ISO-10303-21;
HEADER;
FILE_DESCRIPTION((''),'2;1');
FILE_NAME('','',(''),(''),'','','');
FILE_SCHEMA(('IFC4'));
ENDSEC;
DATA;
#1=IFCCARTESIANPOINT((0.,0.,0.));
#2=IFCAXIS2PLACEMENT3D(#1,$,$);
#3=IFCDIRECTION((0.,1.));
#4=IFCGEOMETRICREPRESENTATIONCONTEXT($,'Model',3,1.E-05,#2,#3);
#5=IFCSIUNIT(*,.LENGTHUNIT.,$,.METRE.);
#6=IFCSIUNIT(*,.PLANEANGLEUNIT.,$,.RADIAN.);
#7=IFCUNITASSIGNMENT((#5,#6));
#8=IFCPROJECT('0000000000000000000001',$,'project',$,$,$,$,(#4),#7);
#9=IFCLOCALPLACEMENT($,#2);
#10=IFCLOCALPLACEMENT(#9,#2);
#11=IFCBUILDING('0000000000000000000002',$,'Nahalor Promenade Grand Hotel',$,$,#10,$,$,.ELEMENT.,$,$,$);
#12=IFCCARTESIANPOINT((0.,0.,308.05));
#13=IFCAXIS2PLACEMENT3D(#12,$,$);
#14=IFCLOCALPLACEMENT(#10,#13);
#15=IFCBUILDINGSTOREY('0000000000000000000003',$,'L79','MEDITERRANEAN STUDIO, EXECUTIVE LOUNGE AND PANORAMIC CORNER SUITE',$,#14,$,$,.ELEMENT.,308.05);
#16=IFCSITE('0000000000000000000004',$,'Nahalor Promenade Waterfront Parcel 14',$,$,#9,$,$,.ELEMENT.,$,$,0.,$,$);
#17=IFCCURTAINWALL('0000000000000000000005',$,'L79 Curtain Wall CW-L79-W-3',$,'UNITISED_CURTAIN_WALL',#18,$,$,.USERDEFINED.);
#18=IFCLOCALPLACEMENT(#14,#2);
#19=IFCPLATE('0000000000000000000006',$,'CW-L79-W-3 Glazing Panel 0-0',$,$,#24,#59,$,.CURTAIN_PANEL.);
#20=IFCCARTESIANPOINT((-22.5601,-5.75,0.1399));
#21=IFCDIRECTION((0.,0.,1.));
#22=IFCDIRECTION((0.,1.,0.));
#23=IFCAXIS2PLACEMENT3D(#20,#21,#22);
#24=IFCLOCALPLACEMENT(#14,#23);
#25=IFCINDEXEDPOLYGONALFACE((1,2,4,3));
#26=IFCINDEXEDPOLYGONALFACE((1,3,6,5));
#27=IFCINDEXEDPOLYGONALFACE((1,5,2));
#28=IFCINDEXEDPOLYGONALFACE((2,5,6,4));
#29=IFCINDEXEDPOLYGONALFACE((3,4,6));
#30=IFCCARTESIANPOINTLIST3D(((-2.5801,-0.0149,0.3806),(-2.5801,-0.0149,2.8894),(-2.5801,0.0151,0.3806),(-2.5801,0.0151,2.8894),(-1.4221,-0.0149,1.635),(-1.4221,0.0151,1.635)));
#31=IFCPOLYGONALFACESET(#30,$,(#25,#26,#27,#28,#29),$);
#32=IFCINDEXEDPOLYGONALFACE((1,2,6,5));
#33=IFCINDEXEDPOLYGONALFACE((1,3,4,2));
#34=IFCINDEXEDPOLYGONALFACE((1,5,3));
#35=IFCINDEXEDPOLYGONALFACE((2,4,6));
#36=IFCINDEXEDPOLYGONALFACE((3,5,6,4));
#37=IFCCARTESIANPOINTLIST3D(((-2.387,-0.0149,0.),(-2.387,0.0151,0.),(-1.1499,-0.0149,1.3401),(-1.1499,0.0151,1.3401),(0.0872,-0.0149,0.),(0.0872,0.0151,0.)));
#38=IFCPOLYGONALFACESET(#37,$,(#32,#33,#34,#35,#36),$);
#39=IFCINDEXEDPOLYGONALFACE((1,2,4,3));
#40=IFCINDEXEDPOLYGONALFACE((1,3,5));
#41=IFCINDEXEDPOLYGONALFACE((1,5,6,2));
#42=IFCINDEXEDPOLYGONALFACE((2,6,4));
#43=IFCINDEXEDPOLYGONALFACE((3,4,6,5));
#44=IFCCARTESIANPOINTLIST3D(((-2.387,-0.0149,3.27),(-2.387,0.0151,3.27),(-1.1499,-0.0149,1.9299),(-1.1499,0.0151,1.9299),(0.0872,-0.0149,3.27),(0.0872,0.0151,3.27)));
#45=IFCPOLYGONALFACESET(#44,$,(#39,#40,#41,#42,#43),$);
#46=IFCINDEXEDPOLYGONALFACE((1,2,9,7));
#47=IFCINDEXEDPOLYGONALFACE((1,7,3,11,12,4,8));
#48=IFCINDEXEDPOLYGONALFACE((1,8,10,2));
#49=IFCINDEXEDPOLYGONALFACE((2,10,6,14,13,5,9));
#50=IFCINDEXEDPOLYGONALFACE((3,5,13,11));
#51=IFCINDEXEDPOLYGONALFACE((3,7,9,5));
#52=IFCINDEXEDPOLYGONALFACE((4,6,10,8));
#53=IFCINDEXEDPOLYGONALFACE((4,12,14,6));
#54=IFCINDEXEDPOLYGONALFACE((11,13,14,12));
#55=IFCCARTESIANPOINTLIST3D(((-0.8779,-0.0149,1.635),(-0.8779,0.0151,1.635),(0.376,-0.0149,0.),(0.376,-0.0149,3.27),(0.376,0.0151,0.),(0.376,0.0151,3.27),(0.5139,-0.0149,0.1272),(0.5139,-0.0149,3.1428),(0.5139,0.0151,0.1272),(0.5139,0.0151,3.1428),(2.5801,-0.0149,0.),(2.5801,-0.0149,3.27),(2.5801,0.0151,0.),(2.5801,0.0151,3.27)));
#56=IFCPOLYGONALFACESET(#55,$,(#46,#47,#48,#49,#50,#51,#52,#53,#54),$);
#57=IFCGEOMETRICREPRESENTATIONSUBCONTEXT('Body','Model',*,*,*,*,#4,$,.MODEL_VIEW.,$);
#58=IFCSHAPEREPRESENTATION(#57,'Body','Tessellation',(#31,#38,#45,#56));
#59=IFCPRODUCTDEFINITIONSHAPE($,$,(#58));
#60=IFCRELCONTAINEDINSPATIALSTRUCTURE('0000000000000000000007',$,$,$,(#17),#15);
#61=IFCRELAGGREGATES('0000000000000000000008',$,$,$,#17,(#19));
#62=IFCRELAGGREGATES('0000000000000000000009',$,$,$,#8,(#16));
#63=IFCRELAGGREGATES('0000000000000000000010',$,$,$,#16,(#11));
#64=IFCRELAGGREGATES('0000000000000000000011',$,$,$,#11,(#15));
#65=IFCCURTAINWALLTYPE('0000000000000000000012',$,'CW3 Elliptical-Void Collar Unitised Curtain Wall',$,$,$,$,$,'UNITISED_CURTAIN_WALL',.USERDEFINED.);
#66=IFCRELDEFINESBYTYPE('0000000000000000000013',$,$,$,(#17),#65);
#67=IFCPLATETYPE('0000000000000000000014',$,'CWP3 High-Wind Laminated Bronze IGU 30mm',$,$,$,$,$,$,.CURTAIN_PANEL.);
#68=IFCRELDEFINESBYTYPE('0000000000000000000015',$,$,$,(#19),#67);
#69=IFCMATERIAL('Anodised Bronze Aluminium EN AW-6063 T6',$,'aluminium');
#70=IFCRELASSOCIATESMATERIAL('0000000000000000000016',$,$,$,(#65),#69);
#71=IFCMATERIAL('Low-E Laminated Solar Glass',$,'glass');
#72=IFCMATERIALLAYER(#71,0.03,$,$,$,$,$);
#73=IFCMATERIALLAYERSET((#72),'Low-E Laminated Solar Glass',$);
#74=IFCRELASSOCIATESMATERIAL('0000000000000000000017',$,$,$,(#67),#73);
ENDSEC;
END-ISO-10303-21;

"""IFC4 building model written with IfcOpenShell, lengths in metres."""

from ifc_helpers import new_model, si_unit, direction, frame, origin, place, context, subcontext, project, spatial, polyline, outline, extrude, material, layer, layer_set, type_object, element, aggregate, save


model = new_model("IFC4")

# Units and contexts
model_context = context("Model", 3, precision=1e-05, world=origin(), true_north=direction((0.0, 1.0)))
body_context = subcontext(model_context, "Body", "Model", "MODEL_VIEW")
ifc_project = project(units=[si_unit("LENGTHUNIT", "METRE"), si_unit("PLANEANGLEUNIT", "RADIAN")], contexts=[model_context])

# Site, building, storey
site_placement = place(None, origin())
site = spatial("IfcSite", under=ifc_project, at=site_placement, Name="Nahalor Promenade Waterfront Parcel 14", CompositionType="ELEMENT", RefElevation=0.0)
building_placement = place(site_placement, origin())
building = spatial("IfcBuilding", under=site, at=building_placement, Name="Nahalor Promenade Grand Hotel", CompositionType="ELEMENT")
storey_placement = place(building_placement, frame((0.0, 0.0, 308.05)))
storey = spatial("IfcBuildingStorey", under=building, at=storey_placement, Name="L79", Description="MEDITERRANEAN STUDIO, EXECUTIVE LOUNGE AND PANORAMIC CORNER SUITE", CompositionType="ELEMENT", Elevation=308.05)

# Curtain wall
ifc_material_1 = material(Name="Anodised Bronze Aluminium EN AW-6063 T6", Category="aluminium")
curtain_wall_type = type_object("IfcCurtainWallType", Name="CW3 Elliptical-Void Collar Unitised Curtain Wall", ElementType="UNITISED_CURTAIN_WALL", PredefinedType="USERDEFINED", material=ifc_material_1)
curtain_wall_1_placement = place(storey_placement, origin())
curtain_wall_1 = element("IfcCurtainWall", 1, at=curtain_wall_1_placement, inside=storey, type_object=curtain_wall_type, Name="L79 Curtain Wall CW-L79-W-3", ObjectType="UNITISED_CURTAIN_WALL", PredefinedType="USERDEFINED")

# Plate
ifc_material_2 = material(Name="Low-E Laminated Solar Glass", Category="glass")
ifc_layer_1 = layer(ifc_material_2, 0.03)
ifc_layer_set_1 = layer_set([ifc_layer_1], Name="Low-E Laminated Solar Glass")
plate_type_1 = type_object("IfcPlateType", Name="CWP3 High-Wind Laminated Bronze IGU 30mm", PredefinedType="CURTAIN_PANEL", material=ifc_layer_set_1)
plate_1_placement = place(storey_placement, frame((-22.5601, -5.75, 0.1399), z_axis=(0.0, 0.0, 1.0), x_axis=(0.0, 1.0, 0.0)))
plate_1 = element("IfcPlate", 2, at=plate_1_placement, type_object=plate_type_1, Name="CW-L79-W-3 Glazing Panel 0-0", PredefinedType="CURTAIN_PANEL", context=body_context, shape_type="SweptSolid", body=[
    extrude(outline(polyline([(-1.4221, 1.635), (-2.5801, 2.8894), (-2.5801, 0.3806), (-1.4221, 1.635)])), frame((0.0, 0.0151, 0.0), z_axis=(0.0, -1.0, 0.0), x_axis=(1.0, 0.0, 0.0)), (0.0, 0.0, 1.0), 0.03),
    extrude(outline(polyline([(-1.1499, 1.3401), (-2.387, 0.0), (0.0872, 0.0), (-1.1499, 1.3401)])), frame((0.0, 0.0151, 0.0), z_axis=(0.0, -1.0, 0.0), x_axis=(1.0, 0.0, 0.0)), (0.0, 0.0, 1.0), 0.03),
    extrude(outline(polyline([(-1.1499, 1.9299), (0.0872, 3.27), (-2.387, 3.27), (-1.1499, 1.9299)])), frame((0.0, 0.0151, 0.0), z_axis=(0.0, -1.0, 0.0), x_axis=(1.0, 0.0, 0.0)), (0.0, 0.0, 1.0), 0.03),
    extrude(outline(polyline([(2.5801, 0.0), (2.5801, 3.27), (0.376, 3.27), (0.5139, 3.1428), (-0.8779, 1.635), (0.5139, 0.1272), (0.376, 0.0), (2.5801, 0.0)])), frame((0.0, 0.0151, 0.0), z_axis=(0.0, -1.0, 0.0), x_axis=(1.0, 0.0, 0.0)), (0.0, 0.0, 1.0), 0.03),
])
aggregate(curtain_wall_1, [plate_1])

save(model, "model.ifc")
